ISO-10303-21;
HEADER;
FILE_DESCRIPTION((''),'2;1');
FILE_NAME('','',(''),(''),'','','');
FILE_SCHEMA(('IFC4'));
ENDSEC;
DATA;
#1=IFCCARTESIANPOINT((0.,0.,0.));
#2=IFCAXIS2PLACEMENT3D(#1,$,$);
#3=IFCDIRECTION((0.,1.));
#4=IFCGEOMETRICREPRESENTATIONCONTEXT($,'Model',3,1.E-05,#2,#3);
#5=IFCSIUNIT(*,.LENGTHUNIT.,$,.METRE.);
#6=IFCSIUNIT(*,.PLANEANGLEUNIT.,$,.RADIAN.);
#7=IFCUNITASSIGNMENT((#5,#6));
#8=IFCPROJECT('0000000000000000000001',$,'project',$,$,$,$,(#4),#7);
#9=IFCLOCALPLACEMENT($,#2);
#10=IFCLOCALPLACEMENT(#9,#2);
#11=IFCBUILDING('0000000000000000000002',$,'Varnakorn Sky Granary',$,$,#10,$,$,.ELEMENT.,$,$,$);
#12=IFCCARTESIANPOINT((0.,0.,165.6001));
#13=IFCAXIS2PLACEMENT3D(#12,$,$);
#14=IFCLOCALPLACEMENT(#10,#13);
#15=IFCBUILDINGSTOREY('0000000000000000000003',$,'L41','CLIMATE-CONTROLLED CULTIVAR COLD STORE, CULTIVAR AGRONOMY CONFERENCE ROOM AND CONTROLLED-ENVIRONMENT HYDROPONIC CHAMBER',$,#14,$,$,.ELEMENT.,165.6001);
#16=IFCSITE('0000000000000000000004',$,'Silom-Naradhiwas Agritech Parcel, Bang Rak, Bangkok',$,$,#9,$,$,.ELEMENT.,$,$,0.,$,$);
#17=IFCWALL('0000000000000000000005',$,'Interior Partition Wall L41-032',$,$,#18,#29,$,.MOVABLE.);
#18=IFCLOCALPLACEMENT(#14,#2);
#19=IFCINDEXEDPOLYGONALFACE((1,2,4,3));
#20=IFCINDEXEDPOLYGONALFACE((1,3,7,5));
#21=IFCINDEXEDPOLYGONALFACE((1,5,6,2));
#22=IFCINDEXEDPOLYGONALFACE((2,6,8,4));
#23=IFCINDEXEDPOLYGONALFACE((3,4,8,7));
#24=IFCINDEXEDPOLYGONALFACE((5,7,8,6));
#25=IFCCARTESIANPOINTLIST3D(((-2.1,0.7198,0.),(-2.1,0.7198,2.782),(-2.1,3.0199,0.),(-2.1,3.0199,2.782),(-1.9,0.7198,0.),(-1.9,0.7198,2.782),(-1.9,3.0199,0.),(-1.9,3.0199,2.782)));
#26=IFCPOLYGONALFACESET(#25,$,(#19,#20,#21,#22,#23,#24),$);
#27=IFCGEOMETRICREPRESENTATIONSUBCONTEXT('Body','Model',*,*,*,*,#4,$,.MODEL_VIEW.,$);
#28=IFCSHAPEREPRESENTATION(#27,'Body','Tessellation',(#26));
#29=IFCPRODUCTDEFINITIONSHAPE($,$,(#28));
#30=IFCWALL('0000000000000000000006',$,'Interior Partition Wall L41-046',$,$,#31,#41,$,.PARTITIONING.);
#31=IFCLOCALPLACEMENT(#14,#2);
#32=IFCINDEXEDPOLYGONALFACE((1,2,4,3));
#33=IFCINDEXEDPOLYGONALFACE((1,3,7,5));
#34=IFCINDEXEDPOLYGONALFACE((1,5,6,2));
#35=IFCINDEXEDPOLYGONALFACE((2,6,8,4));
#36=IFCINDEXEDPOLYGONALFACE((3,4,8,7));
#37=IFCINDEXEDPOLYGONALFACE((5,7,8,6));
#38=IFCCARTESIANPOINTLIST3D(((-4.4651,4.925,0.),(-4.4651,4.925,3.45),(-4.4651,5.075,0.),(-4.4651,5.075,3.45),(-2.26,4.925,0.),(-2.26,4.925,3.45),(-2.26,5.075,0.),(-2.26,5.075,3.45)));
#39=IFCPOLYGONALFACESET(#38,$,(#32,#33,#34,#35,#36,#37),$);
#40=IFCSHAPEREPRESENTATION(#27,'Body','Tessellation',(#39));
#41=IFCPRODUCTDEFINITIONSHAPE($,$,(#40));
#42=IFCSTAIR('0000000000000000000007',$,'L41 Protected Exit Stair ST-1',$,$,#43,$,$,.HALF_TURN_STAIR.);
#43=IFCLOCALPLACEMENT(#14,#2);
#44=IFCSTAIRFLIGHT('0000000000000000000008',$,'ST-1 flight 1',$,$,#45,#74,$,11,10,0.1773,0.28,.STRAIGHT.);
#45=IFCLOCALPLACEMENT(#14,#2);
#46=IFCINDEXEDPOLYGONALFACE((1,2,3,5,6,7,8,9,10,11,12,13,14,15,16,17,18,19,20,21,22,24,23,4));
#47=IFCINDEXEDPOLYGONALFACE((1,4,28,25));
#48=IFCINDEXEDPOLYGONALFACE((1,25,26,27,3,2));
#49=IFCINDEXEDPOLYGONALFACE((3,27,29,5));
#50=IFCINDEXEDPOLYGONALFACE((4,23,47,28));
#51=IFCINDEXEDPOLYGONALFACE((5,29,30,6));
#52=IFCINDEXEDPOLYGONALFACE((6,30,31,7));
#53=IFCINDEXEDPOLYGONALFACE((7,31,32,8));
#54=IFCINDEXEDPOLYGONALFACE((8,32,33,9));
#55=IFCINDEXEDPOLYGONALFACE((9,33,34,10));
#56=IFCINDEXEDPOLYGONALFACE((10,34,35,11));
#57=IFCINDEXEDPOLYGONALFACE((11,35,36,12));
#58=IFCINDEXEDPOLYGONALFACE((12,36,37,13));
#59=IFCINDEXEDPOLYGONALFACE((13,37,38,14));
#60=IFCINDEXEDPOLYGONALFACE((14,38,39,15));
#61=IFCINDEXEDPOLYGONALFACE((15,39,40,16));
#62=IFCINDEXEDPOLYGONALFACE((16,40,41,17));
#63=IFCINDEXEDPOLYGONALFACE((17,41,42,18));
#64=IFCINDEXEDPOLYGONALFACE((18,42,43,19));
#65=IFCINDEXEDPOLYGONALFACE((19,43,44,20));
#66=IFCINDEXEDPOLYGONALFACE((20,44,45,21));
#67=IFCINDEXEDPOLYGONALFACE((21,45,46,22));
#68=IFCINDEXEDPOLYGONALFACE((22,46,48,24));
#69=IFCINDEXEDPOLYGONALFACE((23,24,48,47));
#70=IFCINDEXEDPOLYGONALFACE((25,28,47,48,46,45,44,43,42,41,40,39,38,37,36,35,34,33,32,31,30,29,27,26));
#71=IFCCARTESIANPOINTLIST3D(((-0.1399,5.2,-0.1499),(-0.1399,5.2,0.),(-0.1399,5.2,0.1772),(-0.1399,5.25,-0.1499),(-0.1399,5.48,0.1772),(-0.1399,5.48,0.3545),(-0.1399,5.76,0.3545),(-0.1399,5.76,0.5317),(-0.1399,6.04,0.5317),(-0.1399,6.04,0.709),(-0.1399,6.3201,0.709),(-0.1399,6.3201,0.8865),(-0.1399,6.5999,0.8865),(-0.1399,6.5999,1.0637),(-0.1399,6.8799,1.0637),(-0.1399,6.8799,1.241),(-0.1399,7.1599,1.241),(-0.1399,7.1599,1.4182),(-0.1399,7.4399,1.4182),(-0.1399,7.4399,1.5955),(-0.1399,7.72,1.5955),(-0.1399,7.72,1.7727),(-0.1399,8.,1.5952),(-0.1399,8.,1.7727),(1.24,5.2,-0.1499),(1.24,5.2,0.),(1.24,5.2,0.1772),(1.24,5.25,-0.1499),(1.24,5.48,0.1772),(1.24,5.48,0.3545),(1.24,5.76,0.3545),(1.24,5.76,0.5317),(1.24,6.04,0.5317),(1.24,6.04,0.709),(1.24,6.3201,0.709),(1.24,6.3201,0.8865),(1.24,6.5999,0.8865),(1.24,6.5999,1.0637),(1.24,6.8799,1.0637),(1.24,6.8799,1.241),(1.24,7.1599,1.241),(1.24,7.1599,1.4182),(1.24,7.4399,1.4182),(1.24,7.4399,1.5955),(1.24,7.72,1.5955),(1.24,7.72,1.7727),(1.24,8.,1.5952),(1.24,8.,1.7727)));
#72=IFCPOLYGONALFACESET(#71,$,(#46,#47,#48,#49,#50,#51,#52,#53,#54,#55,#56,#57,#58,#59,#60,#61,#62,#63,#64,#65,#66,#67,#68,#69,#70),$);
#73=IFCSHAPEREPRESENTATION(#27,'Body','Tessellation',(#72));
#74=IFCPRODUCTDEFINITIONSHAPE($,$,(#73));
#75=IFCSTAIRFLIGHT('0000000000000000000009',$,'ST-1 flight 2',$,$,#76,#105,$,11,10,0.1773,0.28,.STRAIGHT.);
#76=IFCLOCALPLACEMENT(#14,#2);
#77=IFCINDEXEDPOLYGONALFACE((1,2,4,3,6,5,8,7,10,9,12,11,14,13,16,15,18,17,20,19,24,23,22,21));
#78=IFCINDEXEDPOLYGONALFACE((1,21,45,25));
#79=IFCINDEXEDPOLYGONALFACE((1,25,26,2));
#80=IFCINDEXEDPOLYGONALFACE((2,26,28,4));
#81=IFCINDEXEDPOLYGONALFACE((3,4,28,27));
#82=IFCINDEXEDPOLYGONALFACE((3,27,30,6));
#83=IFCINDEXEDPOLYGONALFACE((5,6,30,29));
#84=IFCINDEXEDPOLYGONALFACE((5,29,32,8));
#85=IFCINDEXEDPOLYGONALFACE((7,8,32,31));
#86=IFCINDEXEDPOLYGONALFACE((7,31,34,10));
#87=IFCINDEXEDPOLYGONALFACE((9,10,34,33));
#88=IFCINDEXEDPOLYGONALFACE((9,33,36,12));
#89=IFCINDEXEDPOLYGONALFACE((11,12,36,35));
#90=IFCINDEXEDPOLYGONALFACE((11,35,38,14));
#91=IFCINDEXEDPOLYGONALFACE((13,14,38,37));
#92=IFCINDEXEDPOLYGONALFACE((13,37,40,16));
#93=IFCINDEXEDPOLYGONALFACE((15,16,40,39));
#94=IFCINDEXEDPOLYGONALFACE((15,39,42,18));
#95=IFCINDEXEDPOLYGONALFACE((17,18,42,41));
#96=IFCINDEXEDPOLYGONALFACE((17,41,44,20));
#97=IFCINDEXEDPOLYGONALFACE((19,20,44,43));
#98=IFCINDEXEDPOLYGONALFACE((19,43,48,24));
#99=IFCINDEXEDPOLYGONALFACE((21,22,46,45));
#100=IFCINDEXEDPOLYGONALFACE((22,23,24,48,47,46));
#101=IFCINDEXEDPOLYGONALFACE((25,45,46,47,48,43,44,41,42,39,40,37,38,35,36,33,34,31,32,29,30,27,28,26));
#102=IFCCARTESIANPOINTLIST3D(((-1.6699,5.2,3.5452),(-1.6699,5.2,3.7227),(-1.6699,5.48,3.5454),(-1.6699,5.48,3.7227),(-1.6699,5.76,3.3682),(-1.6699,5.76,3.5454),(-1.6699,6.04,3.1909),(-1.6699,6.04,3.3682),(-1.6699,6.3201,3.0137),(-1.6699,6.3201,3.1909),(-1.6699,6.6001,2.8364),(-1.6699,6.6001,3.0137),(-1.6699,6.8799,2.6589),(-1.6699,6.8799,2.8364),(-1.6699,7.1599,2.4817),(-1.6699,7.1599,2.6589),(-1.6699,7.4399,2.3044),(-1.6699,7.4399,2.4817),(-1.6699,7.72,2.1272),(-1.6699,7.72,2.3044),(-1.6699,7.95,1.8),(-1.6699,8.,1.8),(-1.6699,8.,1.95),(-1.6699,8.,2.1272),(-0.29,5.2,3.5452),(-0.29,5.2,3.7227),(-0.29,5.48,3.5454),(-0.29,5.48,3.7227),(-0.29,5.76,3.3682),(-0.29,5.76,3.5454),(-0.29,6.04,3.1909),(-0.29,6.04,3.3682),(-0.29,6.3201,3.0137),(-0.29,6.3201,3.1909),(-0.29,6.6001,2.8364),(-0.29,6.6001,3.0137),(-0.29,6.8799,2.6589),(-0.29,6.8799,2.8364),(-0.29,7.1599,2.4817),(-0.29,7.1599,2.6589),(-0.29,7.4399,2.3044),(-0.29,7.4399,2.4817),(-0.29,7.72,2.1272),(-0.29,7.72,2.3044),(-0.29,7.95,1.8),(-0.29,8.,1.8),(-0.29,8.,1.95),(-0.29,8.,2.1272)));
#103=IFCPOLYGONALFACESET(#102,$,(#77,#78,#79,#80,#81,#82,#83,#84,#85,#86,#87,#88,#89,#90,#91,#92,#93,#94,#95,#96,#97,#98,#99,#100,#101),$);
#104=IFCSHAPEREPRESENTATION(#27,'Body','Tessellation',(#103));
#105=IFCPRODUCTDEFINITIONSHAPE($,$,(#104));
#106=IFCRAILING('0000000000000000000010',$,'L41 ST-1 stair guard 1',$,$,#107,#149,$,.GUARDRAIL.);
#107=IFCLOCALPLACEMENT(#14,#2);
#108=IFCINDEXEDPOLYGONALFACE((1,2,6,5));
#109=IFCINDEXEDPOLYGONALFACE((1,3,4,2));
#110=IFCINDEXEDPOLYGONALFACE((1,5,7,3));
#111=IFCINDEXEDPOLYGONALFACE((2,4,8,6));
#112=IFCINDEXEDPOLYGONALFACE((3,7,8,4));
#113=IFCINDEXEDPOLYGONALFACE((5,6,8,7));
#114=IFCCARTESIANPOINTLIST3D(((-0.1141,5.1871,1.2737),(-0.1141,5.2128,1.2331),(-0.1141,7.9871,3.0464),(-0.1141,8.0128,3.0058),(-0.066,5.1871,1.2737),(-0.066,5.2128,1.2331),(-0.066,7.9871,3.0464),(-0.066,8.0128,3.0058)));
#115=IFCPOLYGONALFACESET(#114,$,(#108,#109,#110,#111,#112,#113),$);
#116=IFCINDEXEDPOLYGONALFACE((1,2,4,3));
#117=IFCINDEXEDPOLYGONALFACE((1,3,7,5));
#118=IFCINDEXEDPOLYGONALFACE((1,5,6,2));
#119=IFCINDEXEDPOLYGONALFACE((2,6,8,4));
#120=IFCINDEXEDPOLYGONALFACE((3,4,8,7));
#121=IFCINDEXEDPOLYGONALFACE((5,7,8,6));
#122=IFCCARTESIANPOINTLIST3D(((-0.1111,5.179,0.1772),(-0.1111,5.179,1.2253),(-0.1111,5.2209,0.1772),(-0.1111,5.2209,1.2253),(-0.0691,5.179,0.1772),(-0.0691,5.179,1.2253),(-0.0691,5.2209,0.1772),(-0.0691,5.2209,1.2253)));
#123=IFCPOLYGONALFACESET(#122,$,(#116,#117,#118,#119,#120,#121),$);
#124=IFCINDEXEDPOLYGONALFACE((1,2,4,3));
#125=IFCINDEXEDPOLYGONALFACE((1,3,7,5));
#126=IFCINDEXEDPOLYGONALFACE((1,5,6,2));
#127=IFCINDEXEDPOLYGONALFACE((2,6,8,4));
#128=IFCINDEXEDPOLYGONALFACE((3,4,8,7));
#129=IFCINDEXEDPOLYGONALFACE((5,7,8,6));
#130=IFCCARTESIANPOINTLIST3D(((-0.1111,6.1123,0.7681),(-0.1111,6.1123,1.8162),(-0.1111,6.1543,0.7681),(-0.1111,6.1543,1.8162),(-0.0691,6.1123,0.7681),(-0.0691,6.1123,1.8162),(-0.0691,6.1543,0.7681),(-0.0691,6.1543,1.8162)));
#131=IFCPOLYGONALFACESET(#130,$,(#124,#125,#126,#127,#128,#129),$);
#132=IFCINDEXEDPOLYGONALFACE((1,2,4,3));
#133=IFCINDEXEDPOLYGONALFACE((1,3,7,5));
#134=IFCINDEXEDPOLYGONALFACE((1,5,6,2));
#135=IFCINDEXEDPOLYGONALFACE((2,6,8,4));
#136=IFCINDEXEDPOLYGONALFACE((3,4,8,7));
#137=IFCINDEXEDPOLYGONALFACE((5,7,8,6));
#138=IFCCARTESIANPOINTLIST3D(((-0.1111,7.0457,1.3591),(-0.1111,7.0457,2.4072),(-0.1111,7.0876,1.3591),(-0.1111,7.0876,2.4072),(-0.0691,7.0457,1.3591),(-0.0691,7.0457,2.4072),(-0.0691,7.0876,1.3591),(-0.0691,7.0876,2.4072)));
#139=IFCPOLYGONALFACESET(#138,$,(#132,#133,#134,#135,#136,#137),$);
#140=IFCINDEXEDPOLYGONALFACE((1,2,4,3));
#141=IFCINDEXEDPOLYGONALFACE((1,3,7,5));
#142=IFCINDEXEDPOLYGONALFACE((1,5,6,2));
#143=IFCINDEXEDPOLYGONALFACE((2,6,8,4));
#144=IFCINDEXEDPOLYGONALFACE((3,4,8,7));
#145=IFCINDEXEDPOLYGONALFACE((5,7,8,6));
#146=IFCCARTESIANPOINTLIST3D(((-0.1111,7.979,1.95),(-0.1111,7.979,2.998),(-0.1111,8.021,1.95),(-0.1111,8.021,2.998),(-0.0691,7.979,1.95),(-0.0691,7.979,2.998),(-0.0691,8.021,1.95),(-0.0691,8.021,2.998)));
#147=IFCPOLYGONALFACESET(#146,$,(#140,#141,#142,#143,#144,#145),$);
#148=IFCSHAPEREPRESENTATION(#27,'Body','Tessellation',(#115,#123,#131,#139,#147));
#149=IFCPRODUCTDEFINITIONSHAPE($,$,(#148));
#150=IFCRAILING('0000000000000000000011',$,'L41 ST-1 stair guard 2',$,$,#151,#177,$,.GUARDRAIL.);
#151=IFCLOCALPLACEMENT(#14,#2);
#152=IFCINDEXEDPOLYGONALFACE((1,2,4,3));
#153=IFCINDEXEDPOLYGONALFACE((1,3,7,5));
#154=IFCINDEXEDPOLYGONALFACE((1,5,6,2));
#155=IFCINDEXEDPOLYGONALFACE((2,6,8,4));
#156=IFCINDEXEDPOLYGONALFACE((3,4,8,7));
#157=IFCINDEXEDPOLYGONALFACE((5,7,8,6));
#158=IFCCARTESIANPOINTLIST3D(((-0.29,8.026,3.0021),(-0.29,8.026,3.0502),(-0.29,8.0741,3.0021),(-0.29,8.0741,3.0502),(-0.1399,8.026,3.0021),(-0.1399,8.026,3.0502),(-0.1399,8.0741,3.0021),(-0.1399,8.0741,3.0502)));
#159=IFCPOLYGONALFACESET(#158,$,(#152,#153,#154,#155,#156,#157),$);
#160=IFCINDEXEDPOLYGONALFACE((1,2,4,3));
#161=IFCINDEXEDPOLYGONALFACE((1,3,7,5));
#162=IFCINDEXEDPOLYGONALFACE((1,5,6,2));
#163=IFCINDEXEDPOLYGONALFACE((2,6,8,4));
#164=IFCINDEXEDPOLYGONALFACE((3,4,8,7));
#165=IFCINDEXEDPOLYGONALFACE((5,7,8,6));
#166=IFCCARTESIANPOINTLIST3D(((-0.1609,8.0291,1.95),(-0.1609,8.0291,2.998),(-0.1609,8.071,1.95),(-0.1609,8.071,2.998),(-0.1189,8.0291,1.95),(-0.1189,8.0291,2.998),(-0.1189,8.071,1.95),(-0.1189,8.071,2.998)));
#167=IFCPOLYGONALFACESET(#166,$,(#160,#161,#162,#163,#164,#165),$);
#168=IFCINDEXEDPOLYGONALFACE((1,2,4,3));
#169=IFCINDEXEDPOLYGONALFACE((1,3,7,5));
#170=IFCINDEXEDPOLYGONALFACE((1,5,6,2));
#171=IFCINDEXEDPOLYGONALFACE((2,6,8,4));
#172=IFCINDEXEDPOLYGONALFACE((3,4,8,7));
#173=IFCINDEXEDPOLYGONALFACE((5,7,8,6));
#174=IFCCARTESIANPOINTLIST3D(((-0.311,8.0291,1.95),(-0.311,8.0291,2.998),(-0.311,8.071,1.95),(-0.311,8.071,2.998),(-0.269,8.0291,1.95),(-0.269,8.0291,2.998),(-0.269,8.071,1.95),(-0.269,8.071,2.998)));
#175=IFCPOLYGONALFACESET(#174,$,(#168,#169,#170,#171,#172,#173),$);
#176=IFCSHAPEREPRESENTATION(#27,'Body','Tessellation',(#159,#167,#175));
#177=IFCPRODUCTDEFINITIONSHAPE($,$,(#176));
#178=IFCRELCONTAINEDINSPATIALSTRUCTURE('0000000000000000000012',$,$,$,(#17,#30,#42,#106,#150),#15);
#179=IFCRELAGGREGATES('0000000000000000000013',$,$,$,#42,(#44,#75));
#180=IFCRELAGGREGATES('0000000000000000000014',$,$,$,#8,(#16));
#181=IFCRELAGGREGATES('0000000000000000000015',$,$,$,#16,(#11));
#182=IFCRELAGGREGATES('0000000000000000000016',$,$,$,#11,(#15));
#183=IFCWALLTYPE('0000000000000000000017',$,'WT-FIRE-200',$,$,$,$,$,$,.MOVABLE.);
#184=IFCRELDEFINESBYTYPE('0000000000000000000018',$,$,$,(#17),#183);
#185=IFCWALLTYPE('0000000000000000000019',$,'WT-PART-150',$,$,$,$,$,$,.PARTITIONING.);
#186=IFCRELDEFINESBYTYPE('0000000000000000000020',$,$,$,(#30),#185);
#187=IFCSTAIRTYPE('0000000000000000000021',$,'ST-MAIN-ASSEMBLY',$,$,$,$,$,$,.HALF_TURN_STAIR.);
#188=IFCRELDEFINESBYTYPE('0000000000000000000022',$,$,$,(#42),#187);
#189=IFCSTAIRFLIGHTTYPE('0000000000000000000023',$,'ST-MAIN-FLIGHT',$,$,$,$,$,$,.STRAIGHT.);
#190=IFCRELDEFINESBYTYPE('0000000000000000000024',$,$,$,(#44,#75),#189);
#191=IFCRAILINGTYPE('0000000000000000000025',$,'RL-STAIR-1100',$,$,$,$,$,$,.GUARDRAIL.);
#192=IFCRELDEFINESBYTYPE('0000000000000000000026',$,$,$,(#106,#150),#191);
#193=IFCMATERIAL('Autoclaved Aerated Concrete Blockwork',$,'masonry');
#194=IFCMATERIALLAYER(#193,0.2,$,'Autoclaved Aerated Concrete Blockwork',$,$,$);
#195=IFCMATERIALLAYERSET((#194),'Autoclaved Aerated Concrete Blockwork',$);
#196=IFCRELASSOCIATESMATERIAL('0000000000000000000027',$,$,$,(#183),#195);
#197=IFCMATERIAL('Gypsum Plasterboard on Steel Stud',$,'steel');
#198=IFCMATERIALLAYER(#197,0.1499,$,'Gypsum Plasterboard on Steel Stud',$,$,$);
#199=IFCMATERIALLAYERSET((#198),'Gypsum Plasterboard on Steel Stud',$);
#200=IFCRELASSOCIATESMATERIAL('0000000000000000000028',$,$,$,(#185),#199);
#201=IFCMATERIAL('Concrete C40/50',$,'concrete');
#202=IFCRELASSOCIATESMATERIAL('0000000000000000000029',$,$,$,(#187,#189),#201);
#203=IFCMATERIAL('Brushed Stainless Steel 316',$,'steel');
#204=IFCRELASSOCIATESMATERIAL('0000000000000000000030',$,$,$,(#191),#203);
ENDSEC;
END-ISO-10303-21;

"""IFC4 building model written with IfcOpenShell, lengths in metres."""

from ifc_helpers import new_model, si_unit, direction, frame, frame_2d, origin, origin_2d, place, context, subcontext, project, spatial, polyline, rectangle, outline, extrude, material, layer, layer_set, type_object, element, aggregate, save


model = new_model("IFC4")

# Units and contexts
model_context = context("Model", 3, precision=1e-05, world=origin(), true_north=direction((0.0, 1.0)))
body_context = subcontext(model_context, "Body", "Model", "MODEL_VIEW")
ifc_project = project(units=[si_unit("LENGTHUNIT", "METRE"), si_unit("PLANEANGLEUNIT", "RADIAN")], contexts=[model_context])

# Site, building, storey
site_placement = place(None, origin())
site = spatial("IfcSite", under=ifc_project, at=site_placement, Name="Silom-Naradhiwas Agritech Parcel, Bang Rak, Bangkok", CompositionType="ELEMENT", RefElevation=0.0)
building_placement = place(site_placement, origin())
building = spatial("IfcBuilding", under=site, at=building_placement, Name="Varnakorn Sky Granary", CompositionType="ELEMENT")
storey_placement = place(building_placement, frame((0.0, 0.0, 165.6001)))
storey = spatial("IfcBuildingStorey", under=building, at=storey_placement, Name="L41", Description="CLIMATE-CONTROLLED CULTIVAR COLD STORE, CULTIVAR AGRONOMY CONFERENCE ROOM AND CONTROLLED-ENVIRONMENT HYDROPONIC CHAMBER", CompositionType="ELEMENT", Elevation=165.6001)

# Walls
ifc_material_1 = material(Name="Autoclaved Aerated Concrete Blockwork", Category="masonry")
ifc_layer_1 = layer(ifc_material_1, 0.2, Name="Autoclaved Aerated Concrete Blockwork")
ifc_layer_set_1 = layer_set([ifc_layer_1], Name="Autoclaved Aerated Concrete Blockwork")
wall_type_1 = type_object("IfcWallType", Name="WT-FIRE-200", PredefinedType="MOVABLE", material=ifc_layer_set_1)
wall_1_placement = place(storey_placement, frame((-2.0, 0.72, 0.0), z_axis=(0.0, 0.0, 1.0), x_axis=(0.0, 1.0, 0.0)))
element("IfcWall", 1, at=wall_1_placement, inside=storey, type_object=wall_type_1, Name="Interior Partition Wall L41-032", PredefinedType="MOVABLE", context=body_context, shape_type="SweptSolid", body=[
    extrude(rectangle(XDim=2.3, YDim=0.2, at=frame_2d((1.1499, 0.0))), origin(), (0.0, 0.0, 1.0), 2.782),
])
ifc_material_2 = material(Name="Gypsum Plasterboard on Steel Stud", Category="steel")
ifc_layer_2 = layer(ifc_material_2, 0.1499, Name="Gypsum Plasterboard on Steel Stud")
ifc_layer_set_2 = layer_set([ifc_layer_2], Name="Gypsum Plasterboard on Steel Stud")
wall_type_2 = type_object("IfcWallType", Name="WT-PART-150", PredefinedType="PARTITIONING", material=ifc_layer_set_2)
wall_2_placement = place(storey_placement, frame((-4.4651, 5.0, 0.0), z_axis=(0.0, 0.0, 1.0), x_axis=(1.0, 0.0, 0.0)))
element("IfcWall", 2, at=wall_2_placement, inside=storey, type_object=wall_type_2, Name="Interior Partition Wall L41-046", PredefinedType="PARTITIONING", context=body_context, shape_type="SweptSolid", body=[
    extrude(rectangle(XDim=2.2051, YDim=0.1499, at=frame_2d((1.1025, 0.0))), origin(), (0.0, 0.0, 1.0), 3.45),
])

# Stair, stair flights
ifc_material_3 = material(Name="Concrete C40/50", Category="concrete")
stair_type = type_object("IfcStairType", Name="ST-MAIN-ASSEMBLY", PredefinedType="HALF_TURN_STAIR", material=ifc_material_3)
stair_placement = place(storey_placement, origin())
stair = element("IfcStair", 3, at=stair_placement, inside=storey, type_object=stair_type, Name="L41 Protected Exit Stair ST-1", PredefinedType="HALF_TURN_STAIR")
stair_flight_type = type_object("IfcStairFlightType", Name="ST-MAIN-FLIGHT", PredefinedType="STRAIGHT", material=ifc_material_3)
stair_flight_1_placement = place(storey_placement, frame((0.55, 5.2, 0.0), z_axis=(0.0, 0.0, 1.0), x_axis=(0.0, 1.0, 0.0)))
stair_flight_1 = element("IfcStairFlight", 4, at=stair_flight_1_placement, type_object=stair_flight_type, Name="ST-1 flight 1", NumberOfRisers=11, NumberOfTreads=10, PredefinedType="STRAIGHT", RiserHeight=0.1773, TreadLength=0.28, context=body_context, shape_type="SweptSolid", body=[
    extrude(outline(polyline([(0.0, -0.1499), (0.0, 0.0), (0.0, 0.1772), (0.28, 0.1772), (0.28, 0.3545), (0.5601, 0.3545), (0.5601, 0.5317), (0.8401, 0.5317), (0.8401, 0.709), (1.1201, 0.709), (1.1201, 0.8865), (1.3999, 0.8865), (1.3999, 1.0637), (1.6799, 1.0637), (1.6799, 1.241), (1.96, 1.241), (1.96, 1.4182), (2.24, 1.4182), (2.24, 1.5955), (2.52, 1.5955), (2.52, 1.7727), (2.8, 1.7727), (2.8, 1.95), (2.8, 1.5952), (0.05, -0.1499), (0.0, -0.1499)])), frame((0.0, 0.6899, 0.0), z_axis=(0.0, -1.0, 0.0), x_axis=(1.0, 0.0, 0.0)), (0.0, 0.0, 1.0), 1.3799),
])
stair_flight_2_placement = place(storey_placement, frame((-0.98, 8.0, 1.95), z_axis=(0.0, 0.0, 1.0), x_axis=(0.0, -1.0, 0.0)))
stair_flight_2 = element("IfcStairFlight", 5, at=stair_flight_2_placement, type_object=stair_flight_type, Name="ST-1 flight 2", NumberOfRisers=11, NumberOfTreads=10, PredefinedType="STRAIGHT", RiserHeight=0.1773, TreadLength=0.28, context=body_context, shape_type="SweptSolid", body=[
    extrude(outline(polyline([(0.0, -0.1499), (0.0, 0.0), (0.0, 0.1772), (0.28, 0.1772), (0.28, 0.3545), (0.5601, 0.3545), (0.5601, 0.5317), (0.8401, 0.5317), (0.8401, 0.709), (1.1201, 0.709), (1.1201, 0.8865), (1.3999, 0.8865), (1.3999, 1.0637), (1.6799, 1.0637), (1.6799, 1.241), (1.96, 1.241), (1.96, 1.4182), (2.24, 1.4182), (2.24, 1.5955), (2.52, 1.5955), (2.52, 1.7727), (2.8, 1.7727), (2.8, 1.95), (2.8, 1.5952), (0.05, -0.1499), (0.0, -0.1499)])), frame((0.0, 0.6899, 0.0), z_axis=(0.0, -1.0, 0.0), x_axis=(1.0, 0.0, 0.0)), (0.0, 0.0, 1.0), 1.3799),
])
aggregate(stair, [stair_flight_1, stair_flight_2])

# Railings
ifc_material_4 = material(Name="Brushed Stainless Steel 316", Category="steel")
railing_type_1 = type_object("IfcRailingType", Name="RL-STAIR-1100", PredefinedType="GUARDRAIL", material=ifc_material_4)
railing_1_placement = place(storey_placement, frame((-0.0901, 5.2, 0.1772)))
element("IfcRailing", 6, at=railing_1_placement, inside=storey, type_object=railing_type_1, Name="L41 ST-1 stair guard 1", PredefinedType="GUARDRAIL", context=body_context, shape_type="SweptSolid", body=[
    extrude(rectangle(XDim=0.0481, YDim=0.0481, at=origin_2d()), frame((0.0, 0.0, 1.0762), z_axis=(0.0, 0.844909, 0.53491), x_axis=(-1.0, 0.0, 0.0)), (0.0, 0.0, 1.0), 3.314),
    extrude(rectangle(XDim=0.042, YDim=0.042, at=origin_2d()), origin(), (0.0, 0.0, 1.0), 1.0481),
    extrude(rectangle(XDim=0.042, YDim=0.042, at=origin_2d()), frame((0.0, 0.9333, 0.5908)), (0.0, 0.0, 1.0), 1.0481),
    extrude(rectangle(XDim=0.042, YDim=0.042, at=origin_2d()), frame((0.0, 1.8667, 1.1819)), (0.0, 0.0, 1.0), 1.0481),
    extrude(rectangle(XDim=0.042, YDim=0.042, at=origin_2d()), frame((0.0, 2.8, 1.7727)), (0.0, 0.0, 1.0), 1.0481),
])
railing_2_placement = place(storey_placement, frame((-0.1399, 8.05, 1.95)))
element("IfcRailing", 7, at=railing_2_placement, inside=storey, type_object=railing_type_1, Name="L41 ST-1 stair guard 2", PredefinedType="GUARDRAIL", context=body_context, shape_type="SweptSolid", body=[
    extrude(rectangle(XDim=0.0481, YDim=0.0481, at=origin_2d()), frame((0.0, 0.0, 1.0762), z_axis=(-1.0, 0.0, 0.0), x_axis=(0.0, -1.0, 0.0)), (0.0, 0.0, 1.0), 0.1501),
    extrude(rectangle(XDim=0.042, YDim=0.042, at=origin_2d()), origin(), (0.0, 0.0, 1.0), 1.0481),
    extrude(rectangle(XDim=0.042, YDim=0.042, at=origin_2d()), frame((-0.1501, 0.0, 0.0)), (0.0, 0.0, 1.0), 1.0481),
])

save(model, "model.ifc")
